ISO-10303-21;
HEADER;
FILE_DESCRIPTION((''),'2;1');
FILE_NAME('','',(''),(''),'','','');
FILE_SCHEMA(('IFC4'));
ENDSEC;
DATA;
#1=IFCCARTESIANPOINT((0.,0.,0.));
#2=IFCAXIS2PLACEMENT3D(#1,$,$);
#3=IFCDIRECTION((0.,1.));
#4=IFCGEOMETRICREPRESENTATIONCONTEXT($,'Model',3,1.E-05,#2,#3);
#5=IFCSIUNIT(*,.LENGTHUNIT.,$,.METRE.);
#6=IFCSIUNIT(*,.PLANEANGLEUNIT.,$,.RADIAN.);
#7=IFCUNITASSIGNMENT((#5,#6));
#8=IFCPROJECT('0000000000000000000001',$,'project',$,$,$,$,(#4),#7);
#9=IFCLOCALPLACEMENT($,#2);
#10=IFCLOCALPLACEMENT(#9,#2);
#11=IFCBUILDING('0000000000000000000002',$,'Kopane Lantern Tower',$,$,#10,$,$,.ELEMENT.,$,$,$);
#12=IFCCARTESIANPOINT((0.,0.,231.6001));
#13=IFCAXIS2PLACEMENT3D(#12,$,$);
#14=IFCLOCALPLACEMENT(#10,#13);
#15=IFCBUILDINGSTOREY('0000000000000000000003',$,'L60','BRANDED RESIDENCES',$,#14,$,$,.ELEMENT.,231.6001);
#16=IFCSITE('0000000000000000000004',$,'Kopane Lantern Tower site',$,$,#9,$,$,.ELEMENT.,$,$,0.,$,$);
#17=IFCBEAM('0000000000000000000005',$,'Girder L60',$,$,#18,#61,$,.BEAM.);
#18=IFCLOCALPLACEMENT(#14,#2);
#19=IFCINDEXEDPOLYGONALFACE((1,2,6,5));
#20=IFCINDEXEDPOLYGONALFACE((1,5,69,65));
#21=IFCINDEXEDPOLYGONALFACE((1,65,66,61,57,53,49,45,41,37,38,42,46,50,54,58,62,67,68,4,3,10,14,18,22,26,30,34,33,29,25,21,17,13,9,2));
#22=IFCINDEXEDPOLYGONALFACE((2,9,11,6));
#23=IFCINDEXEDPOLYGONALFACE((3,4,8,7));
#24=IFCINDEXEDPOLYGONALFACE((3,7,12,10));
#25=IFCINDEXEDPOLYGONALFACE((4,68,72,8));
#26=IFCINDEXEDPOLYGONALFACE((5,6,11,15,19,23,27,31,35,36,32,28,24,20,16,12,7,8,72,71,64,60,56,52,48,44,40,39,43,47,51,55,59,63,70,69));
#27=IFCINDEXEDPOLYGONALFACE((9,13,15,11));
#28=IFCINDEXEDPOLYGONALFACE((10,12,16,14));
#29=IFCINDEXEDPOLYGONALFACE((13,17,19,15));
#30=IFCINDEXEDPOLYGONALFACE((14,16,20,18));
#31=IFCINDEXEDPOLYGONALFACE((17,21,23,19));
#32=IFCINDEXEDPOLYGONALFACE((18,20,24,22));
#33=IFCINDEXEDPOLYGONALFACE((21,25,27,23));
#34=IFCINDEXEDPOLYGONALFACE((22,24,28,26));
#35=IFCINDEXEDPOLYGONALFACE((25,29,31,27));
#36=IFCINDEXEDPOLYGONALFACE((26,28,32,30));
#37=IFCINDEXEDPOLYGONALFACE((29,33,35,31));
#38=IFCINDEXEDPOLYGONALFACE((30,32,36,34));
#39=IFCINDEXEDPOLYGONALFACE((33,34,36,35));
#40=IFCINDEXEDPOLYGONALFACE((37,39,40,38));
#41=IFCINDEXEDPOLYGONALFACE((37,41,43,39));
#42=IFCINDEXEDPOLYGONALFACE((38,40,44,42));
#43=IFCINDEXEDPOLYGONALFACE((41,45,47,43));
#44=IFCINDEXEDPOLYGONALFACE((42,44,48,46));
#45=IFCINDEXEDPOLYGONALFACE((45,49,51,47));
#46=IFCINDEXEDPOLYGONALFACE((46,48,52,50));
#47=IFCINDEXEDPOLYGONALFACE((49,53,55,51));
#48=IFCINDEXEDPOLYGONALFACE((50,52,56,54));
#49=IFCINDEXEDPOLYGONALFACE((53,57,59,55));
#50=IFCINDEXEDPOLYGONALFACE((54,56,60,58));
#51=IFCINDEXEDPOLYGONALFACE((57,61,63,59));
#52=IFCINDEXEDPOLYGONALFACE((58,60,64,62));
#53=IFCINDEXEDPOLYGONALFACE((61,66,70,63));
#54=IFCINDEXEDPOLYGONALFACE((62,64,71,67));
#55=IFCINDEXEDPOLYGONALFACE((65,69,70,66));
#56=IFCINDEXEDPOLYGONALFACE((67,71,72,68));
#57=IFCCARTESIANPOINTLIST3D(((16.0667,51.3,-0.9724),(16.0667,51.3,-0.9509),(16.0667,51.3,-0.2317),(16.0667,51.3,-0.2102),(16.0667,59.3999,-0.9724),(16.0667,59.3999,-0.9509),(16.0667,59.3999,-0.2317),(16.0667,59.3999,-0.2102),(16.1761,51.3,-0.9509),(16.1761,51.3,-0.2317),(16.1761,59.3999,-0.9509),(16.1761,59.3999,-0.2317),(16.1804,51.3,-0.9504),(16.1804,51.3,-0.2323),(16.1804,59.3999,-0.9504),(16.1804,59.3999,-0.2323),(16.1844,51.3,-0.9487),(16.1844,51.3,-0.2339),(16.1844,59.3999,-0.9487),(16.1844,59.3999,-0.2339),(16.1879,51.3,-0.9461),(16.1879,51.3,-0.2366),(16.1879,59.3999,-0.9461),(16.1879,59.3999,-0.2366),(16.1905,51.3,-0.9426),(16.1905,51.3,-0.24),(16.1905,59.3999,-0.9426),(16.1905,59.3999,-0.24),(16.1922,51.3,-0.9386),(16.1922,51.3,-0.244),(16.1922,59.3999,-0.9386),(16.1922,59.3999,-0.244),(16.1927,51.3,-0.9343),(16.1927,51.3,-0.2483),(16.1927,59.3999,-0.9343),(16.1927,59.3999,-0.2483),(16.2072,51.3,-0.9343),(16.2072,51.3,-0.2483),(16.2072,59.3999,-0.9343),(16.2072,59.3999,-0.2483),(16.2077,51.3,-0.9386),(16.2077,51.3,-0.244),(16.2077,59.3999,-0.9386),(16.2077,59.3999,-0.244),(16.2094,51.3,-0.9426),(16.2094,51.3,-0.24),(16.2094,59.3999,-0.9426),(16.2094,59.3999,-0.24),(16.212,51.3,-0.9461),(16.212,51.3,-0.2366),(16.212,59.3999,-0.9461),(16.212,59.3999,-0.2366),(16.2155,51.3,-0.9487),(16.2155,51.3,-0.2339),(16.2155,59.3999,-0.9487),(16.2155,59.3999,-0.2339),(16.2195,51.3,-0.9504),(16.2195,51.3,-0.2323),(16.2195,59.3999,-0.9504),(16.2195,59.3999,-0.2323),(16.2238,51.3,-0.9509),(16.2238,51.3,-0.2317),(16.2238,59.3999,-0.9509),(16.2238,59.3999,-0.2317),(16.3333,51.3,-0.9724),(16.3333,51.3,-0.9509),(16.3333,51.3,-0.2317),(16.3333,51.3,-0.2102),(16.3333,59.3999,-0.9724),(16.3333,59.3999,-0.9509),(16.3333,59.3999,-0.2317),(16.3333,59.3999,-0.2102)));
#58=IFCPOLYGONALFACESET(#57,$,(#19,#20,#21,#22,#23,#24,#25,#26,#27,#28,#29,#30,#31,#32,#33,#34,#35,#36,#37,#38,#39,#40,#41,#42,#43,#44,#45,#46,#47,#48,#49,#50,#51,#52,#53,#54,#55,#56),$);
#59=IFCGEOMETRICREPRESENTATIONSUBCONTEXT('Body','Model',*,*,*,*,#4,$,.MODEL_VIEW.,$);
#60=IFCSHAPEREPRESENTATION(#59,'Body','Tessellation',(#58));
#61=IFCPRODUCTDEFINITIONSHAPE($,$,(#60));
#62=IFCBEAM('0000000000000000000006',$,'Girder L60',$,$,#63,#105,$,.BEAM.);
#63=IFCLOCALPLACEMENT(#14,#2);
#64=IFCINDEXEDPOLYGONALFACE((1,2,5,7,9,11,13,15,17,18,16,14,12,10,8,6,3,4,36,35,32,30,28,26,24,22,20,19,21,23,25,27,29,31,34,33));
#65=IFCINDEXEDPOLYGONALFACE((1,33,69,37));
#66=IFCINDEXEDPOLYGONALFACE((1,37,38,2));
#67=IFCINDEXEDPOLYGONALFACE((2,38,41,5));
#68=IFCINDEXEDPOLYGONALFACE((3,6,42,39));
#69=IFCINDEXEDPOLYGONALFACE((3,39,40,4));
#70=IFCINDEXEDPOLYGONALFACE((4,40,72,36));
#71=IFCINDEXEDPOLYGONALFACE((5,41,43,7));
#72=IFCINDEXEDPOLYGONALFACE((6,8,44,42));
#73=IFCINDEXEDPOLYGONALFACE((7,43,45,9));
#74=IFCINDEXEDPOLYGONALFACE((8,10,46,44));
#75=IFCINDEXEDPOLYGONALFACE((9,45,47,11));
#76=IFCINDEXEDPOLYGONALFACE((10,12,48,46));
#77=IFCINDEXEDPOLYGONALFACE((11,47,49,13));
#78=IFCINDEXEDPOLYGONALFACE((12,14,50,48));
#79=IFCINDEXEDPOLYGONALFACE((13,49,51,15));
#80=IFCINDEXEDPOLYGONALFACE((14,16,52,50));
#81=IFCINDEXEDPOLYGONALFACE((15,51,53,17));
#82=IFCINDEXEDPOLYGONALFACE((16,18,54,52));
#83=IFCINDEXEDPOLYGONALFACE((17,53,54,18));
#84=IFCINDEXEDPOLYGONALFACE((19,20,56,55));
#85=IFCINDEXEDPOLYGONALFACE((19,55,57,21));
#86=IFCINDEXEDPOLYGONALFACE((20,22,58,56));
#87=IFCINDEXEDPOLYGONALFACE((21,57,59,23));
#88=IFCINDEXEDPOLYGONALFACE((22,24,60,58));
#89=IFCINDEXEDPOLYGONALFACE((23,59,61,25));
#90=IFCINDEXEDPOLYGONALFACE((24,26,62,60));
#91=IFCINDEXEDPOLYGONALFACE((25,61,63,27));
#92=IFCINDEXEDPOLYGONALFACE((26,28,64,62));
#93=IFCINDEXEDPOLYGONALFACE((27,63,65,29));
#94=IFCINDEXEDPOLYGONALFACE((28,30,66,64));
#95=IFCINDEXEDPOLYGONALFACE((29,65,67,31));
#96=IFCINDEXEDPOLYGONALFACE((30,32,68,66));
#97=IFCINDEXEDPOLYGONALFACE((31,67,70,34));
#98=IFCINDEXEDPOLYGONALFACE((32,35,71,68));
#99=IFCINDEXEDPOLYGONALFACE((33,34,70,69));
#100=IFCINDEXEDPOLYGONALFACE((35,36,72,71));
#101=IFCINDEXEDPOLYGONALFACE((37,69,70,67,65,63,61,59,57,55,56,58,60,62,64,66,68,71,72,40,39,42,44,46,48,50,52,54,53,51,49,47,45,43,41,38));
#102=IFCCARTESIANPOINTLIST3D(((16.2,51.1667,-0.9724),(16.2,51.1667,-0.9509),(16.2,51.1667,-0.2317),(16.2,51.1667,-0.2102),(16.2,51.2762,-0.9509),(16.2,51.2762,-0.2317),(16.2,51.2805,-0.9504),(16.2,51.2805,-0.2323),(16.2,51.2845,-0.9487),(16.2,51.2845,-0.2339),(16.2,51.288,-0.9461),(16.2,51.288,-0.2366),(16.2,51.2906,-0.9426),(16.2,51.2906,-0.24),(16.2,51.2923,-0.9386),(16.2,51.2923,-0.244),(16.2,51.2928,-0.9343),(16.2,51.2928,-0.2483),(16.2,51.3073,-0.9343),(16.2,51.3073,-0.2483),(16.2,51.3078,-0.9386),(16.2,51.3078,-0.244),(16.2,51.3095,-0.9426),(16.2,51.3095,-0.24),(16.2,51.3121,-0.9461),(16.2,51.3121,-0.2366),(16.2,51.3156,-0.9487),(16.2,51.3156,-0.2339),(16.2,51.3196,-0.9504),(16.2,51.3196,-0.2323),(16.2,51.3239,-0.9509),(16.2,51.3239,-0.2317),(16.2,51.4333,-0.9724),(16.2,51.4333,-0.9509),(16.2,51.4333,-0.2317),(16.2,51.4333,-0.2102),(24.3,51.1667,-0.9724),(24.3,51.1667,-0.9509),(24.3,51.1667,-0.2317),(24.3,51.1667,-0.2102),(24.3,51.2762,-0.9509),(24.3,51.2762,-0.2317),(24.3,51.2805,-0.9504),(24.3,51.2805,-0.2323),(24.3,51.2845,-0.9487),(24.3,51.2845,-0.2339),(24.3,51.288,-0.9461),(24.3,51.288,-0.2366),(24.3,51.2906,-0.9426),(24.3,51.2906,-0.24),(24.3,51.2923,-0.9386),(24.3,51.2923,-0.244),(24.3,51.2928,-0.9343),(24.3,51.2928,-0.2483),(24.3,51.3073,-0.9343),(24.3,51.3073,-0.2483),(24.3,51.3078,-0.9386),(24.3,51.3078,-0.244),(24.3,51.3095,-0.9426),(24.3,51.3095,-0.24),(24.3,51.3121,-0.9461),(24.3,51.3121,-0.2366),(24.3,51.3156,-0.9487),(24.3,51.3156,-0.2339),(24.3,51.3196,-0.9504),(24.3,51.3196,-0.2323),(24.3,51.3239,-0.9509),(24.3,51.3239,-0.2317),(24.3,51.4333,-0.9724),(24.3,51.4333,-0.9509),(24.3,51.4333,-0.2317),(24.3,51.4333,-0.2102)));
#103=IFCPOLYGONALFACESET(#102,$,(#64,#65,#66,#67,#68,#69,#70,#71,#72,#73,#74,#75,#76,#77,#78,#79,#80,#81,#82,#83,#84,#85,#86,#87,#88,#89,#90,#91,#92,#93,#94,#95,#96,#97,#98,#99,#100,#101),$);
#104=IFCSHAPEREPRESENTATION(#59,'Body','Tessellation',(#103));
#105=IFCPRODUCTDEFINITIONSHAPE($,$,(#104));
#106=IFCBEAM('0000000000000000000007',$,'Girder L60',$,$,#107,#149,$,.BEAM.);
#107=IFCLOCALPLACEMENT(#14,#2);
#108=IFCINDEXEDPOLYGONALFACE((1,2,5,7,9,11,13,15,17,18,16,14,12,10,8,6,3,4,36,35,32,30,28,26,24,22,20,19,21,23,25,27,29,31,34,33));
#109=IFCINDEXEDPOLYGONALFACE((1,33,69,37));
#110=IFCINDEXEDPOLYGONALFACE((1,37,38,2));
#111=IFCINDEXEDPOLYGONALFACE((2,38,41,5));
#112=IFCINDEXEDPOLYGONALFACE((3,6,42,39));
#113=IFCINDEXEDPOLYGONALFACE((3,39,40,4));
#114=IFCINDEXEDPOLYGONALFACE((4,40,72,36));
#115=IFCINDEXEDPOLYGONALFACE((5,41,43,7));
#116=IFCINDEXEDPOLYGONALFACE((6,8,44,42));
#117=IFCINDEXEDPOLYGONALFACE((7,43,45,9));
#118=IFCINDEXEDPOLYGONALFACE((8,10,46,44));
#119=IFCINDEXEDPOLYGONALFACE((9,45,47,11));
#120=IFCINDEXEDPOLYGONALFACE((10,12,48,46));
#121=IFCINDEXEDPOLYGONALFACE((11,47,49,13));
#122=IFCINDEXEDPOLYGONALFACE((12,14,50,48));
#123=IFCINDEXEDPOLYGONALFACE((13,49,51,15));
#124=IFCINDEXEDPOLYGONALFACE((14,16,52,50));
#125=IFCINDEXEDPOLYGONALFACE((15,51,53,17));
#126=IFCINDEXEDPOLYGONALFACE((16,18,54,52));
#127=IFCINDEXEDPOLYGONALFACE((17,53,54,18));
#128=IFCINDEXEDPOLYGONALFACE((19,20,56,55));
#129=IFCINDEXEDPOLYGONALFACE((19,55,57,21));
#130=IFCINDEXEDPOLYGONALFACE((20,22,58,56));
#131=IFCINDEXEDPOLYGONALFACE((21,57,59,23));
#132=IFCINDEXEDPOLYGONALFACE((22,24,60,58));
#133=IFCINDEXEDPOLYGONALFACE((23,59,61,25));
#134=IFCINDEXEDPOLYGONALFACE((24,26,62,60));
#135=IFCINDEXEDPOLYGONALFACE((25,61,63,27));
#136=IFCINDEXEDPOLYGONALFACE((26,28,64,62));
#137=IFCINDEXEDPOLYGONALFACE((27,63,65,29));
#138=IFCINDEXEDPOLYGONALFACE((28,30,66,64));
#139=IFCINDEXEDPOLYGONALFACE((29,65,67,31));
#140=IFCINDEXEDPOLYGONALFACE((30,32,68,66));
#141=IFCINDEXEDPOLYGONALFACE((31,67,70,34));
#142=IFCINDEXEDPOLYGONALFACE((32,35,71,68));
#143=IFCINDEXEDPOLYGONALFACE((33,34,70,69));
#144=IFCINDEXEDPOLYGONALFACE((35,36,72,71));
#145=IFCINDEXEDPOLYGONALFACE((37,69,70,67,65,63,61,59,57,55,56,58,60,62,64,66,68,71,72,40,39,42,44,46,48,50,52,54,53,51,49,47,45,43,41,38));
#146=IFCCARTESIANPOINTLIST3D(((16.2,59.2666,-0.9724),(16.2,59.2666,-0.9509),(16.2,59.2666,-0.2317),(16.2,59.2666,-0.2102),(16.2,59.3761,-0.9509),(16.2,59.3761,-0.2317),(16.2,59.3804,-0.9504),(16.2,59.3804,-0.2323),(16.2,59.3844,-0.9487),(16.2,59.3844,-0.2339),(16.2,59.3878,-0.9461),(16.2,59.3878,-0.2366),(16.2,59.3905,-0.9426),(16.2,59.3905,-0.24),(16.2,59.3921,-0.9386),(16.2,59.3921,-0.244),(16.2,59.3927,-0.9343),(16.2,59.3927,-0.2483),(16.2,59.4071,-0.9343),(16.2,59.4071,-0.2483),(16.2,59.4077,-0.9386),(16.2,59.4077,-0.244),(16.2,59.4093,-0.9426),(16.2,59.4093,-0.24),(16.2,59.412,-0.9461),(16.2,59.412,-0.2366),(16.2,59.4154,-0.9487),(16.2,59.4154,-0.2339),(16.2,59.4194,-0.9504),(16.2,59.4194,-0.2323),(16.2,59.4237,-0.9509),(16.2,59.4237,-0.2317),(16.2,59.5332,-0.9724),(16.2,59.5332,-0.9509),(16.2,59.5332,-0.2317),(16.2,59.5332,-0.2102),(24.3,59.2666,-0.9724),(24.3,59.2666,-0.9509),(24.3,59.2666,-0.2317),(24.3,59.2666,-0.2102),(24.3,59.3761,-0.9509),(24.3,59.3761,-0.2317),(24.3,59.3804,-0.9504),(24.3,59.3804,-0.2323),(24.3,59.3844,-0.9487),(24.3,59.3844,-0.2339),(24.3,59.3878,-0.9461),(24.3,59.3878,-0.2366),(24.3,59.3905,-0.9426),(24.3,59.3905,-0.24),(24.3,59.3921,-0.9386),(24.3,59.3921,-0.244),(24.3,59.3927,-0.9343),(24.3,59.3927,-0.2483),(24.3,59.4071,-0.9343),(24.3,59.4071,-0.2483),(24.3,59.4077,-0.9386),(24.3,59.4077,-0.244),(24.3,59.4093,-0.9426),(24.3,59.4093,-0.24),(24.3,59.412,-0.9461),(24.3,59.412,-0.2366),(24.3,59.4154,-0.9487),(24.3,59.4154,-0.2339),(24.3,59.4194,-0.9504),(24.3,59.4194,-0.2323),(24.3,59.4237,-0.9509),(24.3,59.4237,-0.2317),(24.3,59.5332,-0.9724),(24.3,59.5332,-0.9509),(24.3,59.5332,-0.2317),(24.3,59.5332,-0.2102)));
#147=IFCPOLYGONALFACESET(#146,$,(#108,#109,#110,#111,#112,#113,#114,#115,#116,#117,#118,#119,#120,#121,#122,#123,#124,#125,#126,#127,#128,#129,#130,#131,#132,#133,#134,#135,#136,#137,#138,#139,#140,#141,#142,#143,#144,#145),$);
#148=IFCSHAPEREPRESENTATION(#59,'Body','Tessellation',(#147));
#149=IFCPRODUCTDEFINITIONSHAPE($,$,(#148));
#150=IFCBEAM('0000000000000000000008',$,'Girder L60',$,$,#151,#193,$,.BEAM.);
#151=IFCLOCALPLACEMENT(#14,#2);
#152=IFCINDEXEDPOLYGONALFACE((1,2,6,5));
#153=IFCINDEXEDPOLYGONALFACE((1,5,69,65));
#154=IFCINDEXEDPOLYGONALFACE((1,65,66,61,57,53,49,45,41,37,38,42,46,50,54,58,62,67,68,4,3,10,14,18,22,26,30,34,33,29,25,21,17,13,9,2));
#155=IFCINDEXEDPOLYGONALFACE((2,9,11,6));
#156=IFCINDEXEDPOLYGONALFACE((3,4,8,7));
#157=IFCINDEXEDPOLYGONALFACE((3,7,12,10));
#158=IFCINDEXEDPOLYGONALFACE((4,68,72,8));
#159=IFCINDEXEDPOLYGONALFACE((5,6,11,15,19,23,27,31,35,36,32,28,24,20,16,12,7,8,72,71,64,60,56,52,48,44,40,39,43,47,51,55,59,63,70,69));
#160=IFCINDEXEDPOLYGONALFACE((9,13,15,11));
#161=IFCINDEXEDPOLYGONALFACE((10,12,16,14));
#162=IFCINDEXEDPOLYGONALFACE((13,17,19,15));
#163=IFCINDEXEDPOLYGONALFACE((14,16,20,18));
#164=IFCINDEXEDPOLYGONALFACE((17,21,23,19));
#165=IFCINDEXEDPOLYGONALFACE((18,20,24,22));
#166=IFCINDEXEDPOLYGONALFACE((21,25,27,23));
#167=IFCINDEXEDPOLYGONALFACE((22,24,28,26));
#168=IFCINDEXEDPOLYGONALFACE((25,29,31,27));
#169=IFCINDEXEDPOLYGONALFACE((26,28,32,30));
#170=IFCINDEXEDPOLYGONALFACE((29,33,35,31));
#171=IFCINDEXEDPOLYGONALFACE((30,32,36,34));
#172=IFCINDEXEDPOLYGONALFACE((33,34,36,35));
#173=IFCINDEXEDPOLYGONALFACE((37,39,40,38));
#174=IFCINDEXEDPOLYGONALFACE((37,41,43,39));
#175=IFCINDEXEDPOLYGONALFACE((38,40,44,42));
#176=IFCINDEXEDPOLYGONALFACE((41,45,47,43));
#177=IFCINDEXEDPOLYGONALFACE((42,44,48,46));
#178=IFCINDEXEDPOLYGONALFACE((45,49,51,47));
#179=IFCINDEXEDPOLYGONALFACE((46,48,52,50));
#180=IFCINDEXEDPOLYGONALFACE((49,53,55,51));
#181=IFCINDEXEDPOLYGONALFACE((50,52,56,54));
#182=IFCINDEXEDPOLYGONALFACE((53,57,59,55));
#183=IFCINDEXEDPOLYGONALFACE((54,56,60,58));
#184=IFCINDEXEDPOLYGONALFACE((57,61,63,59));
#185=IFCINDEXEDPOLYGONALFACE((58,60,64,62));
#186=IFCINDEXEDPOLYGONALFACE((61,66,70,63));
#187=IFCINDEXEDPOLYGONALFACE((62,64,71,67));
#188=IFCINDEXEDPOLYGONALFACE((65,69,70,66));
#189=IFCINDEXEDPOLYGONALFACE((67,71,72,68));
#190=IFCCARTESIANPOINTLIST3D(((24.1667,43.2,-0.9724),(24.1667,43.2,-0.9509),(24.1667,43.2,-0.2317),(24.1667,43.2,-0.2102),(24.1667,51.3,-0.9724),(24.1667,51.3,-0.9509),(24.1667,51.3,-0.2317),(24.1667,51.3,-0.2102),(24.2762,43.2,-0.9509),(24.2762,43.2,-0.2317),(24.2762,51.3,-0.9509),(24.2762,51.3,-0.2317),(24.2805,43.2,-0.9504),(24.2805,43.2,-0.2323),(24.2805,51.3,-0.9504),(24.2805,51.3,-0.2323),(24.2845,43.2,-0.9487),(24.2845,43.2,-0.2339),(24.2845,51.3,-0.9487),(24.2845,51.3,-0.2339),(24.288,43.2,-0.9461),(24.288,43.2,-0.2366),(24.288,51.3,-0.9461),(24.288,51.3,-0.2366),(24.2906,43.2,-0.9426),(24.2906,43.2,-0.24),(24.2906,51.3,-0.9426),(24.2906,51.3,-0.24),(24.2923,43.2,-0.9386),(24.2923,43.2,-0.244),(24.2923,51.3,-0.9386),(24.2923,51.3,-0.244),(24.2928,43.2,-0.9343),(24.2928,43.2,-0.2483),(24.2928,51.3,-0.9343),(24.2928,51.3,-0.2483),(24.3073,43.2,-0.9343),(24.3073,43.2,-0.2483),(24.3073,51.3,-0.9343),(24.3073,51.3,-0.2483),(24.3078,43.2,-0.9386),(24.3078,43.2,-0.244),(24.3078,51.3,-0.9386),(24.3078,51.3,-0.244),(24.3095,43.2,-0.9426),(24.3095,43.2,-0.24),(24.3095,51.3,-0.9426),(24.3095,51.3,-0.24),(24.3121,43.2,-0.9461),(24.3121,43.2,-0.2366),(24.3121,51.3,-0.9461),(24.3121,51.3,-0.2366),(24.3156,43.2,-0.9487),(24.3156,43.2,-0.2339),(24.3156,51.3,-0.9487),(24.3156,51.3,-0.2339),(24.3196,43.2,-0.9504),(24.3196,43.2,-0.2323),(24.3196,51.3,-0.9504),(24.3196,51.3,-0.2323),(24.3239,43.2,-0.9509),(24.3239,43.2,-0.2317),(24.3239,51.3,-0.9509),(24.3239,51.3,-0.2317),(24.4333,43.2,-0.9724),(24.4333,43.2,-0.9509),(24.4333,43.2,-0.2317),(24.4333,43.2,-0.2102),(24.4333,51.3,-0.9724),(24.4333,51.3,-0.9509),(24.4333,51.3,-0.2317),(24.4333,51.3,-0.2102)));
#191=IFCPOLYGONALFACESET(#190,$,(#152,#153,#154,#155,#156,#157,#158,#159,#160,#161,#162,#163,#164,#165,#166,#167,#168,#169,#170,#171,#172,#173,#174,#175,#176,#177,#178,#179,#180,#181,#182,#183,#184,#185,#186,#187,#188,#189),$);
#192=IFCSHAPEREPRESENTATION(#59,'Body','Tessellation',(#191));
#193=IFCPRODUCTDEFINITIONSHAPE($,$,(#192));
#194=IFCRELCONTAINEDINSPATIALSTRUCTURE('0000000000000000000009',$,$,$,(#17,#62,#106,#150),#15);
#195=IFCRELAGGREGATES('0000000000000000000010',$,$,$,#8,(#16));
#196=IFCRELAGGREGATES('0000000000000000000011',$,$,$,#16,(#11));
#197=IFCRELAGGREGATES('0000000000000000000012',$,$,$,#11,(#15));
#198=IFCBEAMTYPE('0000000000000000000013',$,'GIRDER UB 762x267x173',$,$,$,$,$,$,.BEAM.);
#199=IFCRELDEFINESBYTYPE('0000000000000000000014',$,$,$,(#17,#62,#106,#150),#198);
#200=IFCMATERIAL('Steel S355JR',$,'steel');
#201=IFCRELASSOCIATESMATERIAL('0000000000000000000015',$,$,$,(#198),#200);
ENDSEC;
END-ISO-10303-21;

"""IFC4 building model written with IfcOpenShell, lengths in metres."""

from ifc_helpers import new_model, si_unit, direction, frame, origin, origin_2d, place, context, subcontext, project, spatial, i_section, extrude, material, material_profile, profile_set, type_object, element, save


model = new_model("IFC4")

# Units and contexts
model_context = context("Model", 3, precision=1e-05, world=origin(), true_north=direction((0.0, 1.0)))
body_context = subcontext(model_context, "Body", "Model", "MODEL_VIEW")
ifc_project = project(units=[si_unit("LENGTHUNIT", "METRE"), si_unit("PLANEANGLEUNIT", "RADIAN")], contexts=[model_context])

# Site, building, storey
site_placement = place(None, origin())
site = spatial("IfcSite", under=ifc_project, at=site_placement, Name="Kopane Lantern Tower site", CompositionType="ELEMENT", RefElevation=0.0)
building_placement = place(site_placement, origin())
building = spatial("IfcBuilding", under=site, at=building_placement, Name="Kopane Lantern Tower", CompositionType="ELEMENT")
storey_placement = place(building_placement, frame((0.0, 0.0, 231.6001)))
storey = spatial("IfcBuildingStorey", under=building, at=storey_placement, Name="L60", Description="BRANDED RESIDENCES", CompositionType="ELEMENT", Elevation=231.6001)

# Beams
ifc_material_1 = material(Name="Steel S355JR", Category="steel")
ifc_material_profile_1 = material_profile(ifc_material_1, i_section(OverallWidth=0.2666, OverallDepth=0.7622, WebThickness=0.0144, FlangeThickness=0.0215, FilletRadius=0.0166, at=origin_2d()), Name="UB 762x267x173")
ifc_profile_set_1 = profile_set([ifc_material_profile_1], Name="Steel S355JR")
beam_type = type_object("IfcBeamType", Name="GIRDER UB 762x267x173", PredefinedType="BEAM", material=ifc_profile_set_1)
beam_placement = place(storey_placement, frame((16.2, 51.3, -0.5913), z_axis=(0.0, 1.0, 0.0), x_axis=(-1.0, 0.0, 0.0)))
element("IfcBeam", 1, at=beam_placement, inside=storey, type_object=beam_type, Name="Girder L60", PredefinedType="BEAM", context=body_context, shape_type="SweptSolid", body=[
    extrude(i_section(OverallWidth=0.2666, OverallDepth=0.7622, WebThickness=0.0144, FlangeThickness=0.0215, FilletRadius=0.0166, at=origin_2d()), origin(), (0.0, 0.0, 1.0), 8.0999),
])
for number, where, z_axis, x_axis, name in (
    (2, (16.2, 51.3, -0.5913), (1.0, 0.0, 0.0), (0.0, 1.0, 0.0), "Girder L60"),
    (3, (16.2, 59.3999, -0.5913), (1.0, 0.0, 0.0), (0.0, 1.0, 0.0), "Girder L60"),
    (4, (24.3, 43.2, -0.5913), (0.0, 1.0, 0.0), (-1.0, 0.0, 0.0), "Girder L60"),
):
    element("IfcBeam", number, at=place(storey_placement, frame(where, z_axis=z_axis, x_axis=x_axis)), inside=storey, type_object=beam_type, Name=name, PredefinedType="BEAM", context=body_context, shape_type="SweptSolid", body=[
        extrude(i_section(OverallWidth=0.2666, OverallDepth=0.7622, WebThickness=0.0144, FlangeThickness=0.0215, FilletRadius=0.0166, at=origin_2d()), origin(), (0.0, 0.0, 1.0), 8.1001),
    ])

save(model, "model.ifc")
